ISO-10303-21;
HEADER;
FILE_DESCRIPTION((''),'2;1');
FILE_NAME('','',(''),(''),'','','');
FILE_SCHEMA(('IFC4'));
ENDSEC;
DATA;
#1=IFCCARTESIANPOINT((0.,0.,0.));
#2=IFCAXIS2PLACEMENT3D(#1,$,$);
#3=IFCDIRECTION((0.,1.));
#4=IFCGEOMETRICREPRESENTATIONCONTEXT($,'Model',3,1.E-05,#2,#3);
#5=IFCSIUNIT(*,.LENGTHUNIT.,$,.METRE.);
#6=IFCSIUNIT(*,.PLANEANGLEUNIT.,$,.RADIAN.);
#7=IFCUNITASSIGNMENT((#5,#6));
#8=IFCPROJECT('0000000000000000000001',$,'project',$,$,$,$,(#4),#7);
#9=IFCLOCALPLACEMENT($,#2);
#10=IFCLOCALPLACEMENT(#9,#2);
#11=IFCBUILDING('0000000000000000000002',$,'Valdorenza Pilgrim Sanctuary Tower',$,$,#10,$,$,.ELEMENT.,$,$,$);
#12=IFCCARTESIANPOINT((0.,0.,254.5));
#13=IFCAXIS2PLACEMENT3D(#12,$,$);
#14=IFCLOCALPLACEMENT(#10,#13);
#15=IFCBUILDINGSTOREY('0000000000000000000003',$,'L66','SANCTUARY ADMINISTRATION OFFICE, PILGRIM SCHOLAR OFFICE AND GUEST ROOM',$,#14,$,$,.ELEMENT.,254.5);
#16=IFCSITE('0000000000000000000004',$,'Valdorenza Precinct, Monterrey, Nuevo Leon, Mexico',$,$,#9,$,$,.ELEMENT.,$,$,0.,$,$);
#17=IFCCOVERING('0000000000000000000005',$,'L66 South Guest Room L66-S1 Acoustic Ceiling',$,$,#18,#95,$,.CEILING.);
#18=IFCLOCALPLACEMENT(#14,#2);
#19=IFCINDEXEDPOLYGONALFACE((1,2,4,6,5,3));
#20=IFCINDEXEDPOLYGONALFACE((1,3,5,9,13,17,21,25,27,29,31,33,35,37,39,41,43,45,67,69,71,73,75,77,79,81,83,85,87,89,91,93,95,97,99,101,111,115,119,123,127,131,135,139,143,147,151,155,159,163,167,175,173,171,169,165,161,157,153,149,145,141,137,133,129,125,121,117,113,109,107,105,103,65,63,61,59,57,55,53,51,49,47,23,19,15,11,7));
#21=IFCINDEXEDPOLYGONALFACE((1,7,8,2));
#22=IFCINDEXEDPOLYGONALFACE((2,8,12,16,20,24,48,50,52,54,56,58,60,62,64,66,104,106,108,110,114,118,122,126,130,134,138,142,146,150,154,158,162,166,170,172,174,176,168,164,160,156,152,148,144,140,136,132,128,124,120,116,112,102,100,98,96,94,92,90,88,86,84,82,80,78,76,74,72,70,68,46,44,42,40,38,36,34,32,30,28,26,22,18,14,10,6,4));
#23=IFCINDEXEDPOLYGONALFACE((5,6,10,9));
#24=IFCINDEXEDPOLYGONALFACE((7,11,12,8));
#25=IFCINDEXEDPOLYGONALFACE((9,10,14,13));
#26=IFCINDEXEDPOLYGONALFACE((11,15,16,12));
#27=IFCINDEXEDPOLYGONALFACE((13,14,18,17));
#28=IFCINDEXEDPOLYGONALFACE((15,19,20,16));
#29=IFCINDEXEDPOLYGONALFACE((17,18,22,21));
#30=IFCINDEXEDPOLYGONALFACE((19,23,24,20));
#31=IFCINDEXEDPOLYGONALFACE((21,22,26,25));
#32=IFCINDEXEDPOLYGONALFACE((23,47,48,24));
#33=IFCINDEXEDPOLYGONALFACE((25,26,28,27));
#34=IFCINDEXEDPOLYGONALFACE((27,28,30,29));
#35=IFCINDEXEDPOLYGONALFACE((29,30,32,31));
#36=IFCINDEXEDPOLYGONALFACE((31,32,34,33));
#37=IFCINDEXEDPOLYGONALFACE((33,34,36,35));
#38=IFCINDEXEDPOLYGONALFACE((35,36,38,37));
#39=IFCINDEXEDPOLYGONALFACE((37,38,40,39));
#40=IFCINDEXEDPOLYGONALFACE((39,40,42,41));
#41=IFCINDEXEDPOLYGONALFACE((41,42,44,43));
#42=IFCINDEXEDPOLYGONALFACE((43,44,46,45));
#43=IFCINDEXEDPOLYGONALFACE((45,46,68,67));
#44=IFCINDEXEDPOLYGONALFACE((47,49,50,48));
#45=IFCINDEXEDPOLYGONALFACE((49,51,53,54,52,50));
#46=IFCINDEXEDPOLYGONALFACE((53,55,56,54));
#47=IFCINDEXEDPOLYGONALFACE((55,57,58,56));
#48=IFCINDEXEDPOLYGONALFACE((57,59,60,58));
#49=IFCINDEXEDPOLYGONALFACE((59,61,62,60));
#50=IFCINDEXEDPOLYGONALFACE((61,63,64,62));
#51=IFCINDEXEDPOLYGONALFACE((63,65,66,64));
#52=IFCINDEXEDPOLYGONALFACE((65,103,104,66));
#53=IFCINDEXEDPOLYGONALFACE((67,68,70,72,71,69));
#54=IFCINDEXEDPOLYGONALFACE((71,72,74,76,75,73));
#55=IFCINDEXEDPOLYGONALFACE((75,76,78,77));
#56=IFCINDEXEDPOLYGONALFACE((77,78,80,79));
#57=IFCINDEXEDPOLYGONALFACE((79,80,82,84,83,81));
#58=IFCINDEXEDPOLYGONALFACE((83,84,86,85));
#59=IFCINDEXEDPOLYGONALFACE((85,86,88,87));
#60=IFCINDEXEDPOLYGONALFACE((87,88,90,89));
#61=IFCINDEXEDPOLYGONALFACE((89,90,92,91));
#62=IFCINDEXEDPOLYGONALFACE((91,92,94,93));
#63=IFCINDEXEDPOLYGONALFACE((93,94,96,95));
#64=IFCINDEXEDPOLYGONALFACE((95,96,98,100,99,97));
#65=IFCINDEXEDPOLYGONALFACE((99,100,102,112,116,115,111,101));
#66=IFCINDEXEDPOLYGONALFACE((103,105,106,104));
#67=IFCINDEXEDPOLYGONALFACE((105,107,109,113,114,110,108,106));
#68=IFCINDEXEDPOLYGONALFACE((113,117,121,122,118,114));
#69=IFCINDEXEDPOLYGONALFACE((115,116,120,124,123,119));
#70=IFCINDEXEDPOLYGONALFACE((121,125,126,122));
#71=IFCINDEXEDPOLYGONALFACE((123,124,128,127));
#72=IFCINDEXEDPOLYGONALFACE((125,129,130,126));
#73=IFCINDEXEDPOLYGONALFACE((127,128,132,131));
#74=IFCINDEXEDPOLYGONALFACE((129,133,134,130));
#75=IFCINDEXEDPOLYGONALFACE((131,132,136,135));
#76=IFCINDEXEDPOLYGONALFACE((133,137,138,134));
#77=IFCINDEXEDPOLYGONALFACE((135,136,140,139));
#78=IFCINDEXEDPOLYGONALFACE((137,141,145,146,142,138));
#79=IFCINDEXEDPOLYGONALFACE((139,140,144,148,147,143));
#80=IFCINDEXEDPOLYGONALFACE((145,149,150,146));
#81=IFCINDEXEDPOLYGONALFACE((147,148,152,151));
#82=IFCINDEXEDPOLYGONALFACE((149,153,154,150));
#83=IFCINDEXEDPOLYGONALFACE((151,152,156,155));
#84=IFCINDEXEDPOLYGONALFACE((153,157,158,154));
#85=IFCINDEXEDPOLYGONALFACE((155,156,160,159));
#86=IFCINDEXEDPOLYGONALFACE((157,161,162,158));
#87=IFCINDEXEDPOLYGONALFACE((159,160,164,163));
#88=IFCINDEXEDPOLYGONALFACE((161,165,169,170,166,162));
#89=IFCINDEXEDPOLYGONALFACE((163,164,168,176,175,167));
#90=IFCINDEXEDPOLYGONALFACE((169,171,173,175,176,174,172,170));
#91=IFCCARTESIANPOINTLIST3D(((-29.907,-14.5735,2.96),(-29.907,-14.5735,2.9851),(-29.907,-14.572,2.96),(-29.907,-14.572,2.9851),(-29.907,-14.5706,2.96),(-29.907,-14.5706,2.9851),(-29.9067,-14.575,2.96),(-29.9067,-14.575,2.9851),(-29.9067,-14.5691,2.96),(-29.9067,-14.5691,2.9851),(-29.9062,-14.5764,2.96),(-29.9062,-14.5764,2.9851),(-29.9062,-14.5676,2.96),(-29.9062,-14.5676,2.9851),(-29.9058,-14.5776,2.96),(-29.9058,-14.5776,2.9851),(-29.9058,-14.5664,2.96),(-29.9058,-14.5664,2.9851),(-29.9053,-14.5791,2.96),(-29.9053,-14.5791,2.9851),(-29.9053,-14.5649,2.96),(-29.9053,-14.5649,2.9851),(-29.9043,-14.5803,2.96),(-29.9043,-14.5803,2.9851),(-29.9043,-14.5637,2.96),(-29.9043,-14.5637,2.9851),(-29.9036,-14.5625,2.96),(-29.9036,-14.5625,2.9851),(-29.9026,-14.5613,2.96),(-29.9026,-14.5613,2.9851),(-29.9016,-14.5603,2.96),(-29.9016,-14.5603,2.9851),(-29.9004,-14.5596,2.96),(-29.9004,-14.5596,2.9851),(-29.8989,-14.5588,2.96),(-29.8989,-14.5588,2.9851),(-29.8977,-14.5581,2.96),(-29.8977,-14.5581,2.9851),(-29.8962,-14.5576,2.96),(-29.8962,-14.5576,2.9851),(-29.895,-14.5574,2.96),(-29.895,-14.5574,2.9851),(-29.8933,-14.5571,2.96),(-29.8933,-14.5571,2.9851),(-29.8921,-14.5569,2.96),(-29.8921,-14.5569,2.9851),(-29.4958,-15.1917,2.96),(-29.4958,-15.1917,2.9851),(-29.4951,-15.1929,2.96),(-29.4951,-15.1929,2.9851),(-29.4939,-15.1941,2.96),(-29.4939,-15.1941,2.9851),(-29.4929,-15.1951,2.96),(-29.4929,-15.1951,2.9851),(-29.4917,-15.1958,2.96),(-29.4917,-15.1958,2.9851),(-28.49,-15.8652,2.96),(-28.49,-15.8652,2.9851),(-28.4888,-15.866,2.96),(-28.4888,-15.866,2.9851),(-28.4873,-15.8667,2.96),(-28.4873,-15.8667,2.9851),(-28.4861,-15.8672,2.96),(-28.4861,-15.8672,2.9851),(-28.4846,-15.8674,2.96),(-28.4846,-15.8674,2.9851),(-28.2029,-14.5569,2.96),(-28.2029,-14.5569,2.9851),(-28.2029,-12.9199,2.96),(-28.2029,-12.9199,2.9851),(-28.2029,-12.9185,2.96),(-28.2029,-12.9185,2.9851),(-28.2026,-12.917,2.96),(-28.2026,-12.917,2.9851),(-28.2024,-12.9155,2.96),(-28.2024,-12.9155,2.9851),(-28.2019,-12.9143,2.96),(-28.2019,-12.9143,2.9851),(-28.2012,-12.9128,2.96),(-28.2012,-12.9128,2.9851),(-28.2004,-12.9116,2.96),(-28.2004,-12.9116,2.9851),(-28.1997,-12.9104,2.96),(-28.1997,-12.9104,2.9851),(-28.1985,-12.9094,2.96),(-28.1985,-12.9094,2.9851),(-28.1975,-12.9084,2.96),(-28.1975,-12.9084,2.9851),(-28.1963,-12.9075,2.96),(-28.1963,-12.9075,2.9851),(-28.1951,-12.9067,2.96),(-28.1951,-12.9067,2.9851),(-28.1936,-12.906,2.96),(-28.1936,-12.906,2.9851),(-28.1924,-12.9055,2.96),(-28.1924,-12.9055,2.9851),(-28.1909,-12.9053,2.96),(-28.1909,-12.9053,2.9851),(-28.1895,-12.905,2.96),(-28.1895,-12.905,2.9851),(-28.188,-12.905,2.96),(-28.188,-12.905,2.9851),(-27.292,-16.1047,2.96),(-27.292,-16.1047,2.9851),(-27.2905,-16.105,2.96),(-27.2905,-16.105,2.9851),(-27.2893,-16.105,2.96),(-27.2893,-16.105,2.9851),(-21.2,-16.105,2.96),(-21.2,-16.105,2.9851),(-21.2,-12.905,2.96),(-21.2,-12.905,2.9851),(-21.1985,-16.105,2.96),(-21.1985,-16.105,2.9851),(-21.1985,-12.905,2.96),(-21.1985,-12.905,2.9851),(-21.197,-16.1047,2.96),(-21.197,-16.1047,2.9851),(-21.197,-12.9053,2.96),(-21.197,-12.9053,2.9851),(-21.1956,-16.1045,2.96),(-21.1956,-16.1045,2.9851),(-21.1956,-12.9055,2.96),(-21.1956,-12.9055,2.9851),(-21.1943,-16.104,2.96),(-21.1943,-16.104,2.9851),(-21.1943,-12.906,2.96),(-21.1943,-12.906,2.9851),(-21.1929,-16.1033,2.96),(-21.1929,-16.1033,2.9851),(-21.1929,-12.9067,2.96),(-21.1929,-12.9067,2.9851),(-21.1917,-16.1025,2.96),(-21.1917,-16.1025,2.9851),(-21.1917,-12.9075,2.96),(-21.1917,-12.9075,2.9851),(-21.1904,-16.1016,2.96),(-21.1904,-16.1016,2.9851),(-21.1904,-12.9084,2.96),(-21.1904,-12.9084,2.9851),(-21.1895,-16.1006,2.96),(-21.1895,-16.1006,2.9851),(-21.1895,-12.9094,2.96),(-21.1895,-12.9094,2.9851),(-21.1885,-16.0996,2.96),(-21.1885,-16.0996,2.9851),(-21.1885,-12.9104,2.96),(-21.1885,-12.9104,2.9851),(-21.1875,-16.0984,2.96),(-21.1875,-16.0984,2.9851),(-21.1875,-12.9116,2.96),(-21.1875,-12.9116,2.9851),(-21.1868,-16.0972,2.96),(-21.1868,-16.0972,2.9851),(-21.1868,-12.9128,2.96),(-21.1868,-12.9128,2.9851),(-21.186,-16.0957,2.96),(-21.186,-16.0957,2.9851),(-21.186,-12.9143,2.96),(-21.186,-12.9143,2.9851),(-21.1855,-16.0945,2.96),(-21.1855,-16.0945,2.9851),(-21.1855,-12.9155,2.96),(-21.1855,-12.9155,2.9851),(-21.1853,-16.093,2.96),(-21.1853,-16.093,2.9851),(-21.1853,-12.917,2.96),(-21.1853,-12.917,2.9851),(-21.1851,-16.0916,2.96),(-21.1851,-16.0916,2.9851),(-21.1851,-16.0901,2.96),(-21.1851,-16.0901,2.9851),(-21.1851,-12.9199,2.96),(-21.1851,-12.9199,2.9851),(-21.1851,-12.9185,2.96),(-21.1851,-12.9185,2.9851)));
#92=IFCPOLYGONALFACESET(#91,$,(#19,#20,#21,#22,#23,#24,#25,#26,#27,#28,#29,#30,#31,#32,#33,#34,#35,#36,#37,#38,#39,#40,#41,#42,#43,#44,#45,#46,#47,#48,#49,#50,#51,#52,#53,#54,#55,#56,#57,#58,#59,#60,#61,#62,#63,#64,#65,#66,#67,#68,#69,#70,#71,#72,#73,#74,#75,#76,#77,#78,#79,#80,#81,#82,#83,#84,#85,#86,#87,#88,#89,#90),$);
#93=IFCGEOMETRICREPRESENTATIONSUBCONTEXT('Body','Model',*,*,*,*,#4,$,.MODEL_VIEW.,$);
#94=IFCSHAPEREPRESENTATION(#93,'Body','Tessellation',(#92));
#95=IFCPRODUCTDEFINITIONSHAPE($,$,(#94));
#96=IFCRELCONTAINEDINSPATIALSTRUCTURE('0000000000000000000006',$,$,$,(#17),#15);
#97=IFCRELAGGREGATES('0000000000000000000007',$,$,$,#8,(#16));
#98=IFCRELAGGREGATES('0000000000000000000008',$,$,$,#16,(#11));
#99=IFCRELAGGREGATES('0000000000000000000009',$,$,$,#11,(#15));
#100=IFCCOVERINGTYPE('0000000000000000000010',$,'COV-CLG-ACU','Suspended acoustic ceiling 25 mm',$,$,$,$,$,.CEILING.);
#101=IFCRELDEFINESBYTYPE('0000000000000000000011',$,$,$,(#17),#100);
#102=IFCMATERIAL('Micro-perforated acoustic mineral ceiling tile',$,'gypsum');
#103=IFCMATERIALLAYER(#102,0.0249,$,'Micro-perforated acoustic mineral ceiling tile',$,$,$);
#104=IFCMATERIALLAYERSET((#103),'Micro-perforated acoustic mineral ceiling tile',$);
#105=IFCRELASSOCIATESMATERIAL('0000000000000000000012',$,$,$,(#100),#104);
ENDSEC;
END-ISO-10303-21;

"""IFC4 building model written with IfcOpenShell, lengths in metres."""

from ifc_helpers import new_model, si_unit, direction, frame, origin, place, context, subcontext, project, spatial, polyline, outline, extrude, material, layer, layer_set, type_object, element, save


model = new_model("IFC4")

# Units and contexts
model_context = context("Model", 3, precision=1e-05, world=origin(), true_north=direction((0.0, 1.0)))
body_context = subcontext(model_context, "Body", "Model", "MODEL_VIEW")
ifc_project = project(units=[si_unit("LENGTHUNIT", "METRE"), si_unit("PLANEANGLEUNIT", "RADIAN")], contexts=[model_context])

# Site, building, storey
site_placement = place(None, origin())
site = spatial("IfcSite", under=ifc_project, at=site_placement, Name="Valdorenza Precinct, Monterrey, Nuevo Leon, Mexico", CompositionType="ELEMENT", RefElevation=0.0)
building_placement = place(site_placement, origin())
building = spatial("IfcBuilding", under=site, at=building_placement, Name="Valdorenza Pilgrim Sanctuary Tower", CompositionType="ELEMENT")
storey_placement = place(building_placement, frame((0.0, 0.0, 254.5)))
storey = spatial("IfcBuildingStorey", under=building, at=storey_placement, Name="L66", Description="SANCTUARY ADMINISTRATION OFFICE, PILGRIM SCHOLAR OFFICE AND GUEST ROOM", CompositionType="ELEMENT", Elevation=254.5)

# Covering
ifc_material_1 = material(Name="Micro-perforated acoustic mineral ceiling tile", Category="gypsum")
ifc_layer_1 = layer(ifc_material_1, 0.0249, Name="Micro-perforated acoustic mineral ceiling tile")
ifc_layer_set_1 = layer_set([ifc_layer_1], Name="Micro-perforated acoustic mineral ceiling tile")
covering_type_1 = type_object("IfcCoveringType", Name="COV-CLG-ACU", Description="Suspended acoustic ceiling 25 mm", PredefinedType="CEILING", material=ifc_layer_set_1)
covering_1_placement = place(storey_placement, frame((0.0, 0.0, 2.96)))
element("IfcCovering", 1, at=covering_1_placement, inside=storey, type_object=covering_type_1, Name="L66 South Guest Room L66-S1 Acoustic Ceiling", PredefinedType="CEILING", context=body_context, shape_type="SweptSolid", body=[
    extrude(outline(polyline([(-28.2029, -14.5569), (-28.2029, -12.9199), (-28.2029, -12.9185), (-28.2026, -12.917), (-28.2024, -12.9155), (-28.2019, -12.9143), (-28.2012, -12.9128), (-28.2004, -12.9116), (-28.1997, -12.9104), (-28.1985, -12.9094), (-28.1975, -12.9084), (-28.1963, -12.9075), (-28.1951, -12.9067), (-28.1936, -12.906), (-28.1924, -12.9055), (-28.1909, -12.9053), (-28.1895, -12.905), (-28.188, -12.905), (-21.2, -12.905), (-21.1985, -12.905), (-21.197, -12.9053), (-21.1956, -12.9055), (-21.1943, -12.906), (-21.1929, -12.9067), (-21.1917, -12.9075), (-21.1904, -12.9084), (-21.1895, -12.9094), (-21.1885, -12.9104), (-21.1875, -12.9116), (-21.1868, -12.9128), (-21.186, -12.9143), (-21.1855, -12.9155), (-21.1853, -12.917), (-21.1851, -12.9185), (-21.1851, -12.9199), (-21.1851, -16.0901), (-21.1851, -16.0916), (-21.1853, -16.093), (-21.1855, -16.0945), (-21.186, -16.0957), (-21.1868, -16.0972), (-21.1875, -16.0984), (-21.1885, -16.0996), (-21.1895, -16.1006), (-21.1904, -16.1016), (-21.1917, -16.1025), (-21.1929, -16.1033), (-21.1943, -16.104), (-21.1956, -16.1045), (-21.197, -16.1047), (-21.1985, -16.105), (-21.2, -16.105), (-27.2893, -16.105), (-27.2905, -16.105), (-27.292, -16.1047), (-28.4846, -15.8674), (-28.4861, -15.8672), (-28.4873, -15.8667), (-28.4888, -15.866), (-28.49, -15.8652), (-29.4917, -15.1958), (-29.4929, -15.1951), (-29.4939, -15.1941), (-29.4951, -15.1929), (-29.4958, -15.1917), (-29.9043, -14.5803), (-29.9053, -14.5791), (-29.9058, -14.5776), (-29.9062, -14.5764), (-29.9067, -14.575), (-29.907, -14.5735), (-29.907, -14.572), (-29.907, -14.5706), (-29.9067, -14.5691), (-29.9062, -14.5676), (-29.9058, -14.5664), (-29.9053, -14.5649), (-29.9043, -14.5637), (-29.9036, -14.5625), (-29.9026, -14.5613), (-29.9016, -14.5603), (-29.9004, -14.5596), (-29.8989, -14.5588), (-29.8977, -14.5581), (-29.8962, -14.5576), (-29.895, -14.5574), (-29.8933, -14.5571), (-29.8921, -14.5569), (-28.2029, -14.5569)])), origin(), (0.0, 0.0, 1.0), 0.0251),
])

save(model, "model.ifc")
